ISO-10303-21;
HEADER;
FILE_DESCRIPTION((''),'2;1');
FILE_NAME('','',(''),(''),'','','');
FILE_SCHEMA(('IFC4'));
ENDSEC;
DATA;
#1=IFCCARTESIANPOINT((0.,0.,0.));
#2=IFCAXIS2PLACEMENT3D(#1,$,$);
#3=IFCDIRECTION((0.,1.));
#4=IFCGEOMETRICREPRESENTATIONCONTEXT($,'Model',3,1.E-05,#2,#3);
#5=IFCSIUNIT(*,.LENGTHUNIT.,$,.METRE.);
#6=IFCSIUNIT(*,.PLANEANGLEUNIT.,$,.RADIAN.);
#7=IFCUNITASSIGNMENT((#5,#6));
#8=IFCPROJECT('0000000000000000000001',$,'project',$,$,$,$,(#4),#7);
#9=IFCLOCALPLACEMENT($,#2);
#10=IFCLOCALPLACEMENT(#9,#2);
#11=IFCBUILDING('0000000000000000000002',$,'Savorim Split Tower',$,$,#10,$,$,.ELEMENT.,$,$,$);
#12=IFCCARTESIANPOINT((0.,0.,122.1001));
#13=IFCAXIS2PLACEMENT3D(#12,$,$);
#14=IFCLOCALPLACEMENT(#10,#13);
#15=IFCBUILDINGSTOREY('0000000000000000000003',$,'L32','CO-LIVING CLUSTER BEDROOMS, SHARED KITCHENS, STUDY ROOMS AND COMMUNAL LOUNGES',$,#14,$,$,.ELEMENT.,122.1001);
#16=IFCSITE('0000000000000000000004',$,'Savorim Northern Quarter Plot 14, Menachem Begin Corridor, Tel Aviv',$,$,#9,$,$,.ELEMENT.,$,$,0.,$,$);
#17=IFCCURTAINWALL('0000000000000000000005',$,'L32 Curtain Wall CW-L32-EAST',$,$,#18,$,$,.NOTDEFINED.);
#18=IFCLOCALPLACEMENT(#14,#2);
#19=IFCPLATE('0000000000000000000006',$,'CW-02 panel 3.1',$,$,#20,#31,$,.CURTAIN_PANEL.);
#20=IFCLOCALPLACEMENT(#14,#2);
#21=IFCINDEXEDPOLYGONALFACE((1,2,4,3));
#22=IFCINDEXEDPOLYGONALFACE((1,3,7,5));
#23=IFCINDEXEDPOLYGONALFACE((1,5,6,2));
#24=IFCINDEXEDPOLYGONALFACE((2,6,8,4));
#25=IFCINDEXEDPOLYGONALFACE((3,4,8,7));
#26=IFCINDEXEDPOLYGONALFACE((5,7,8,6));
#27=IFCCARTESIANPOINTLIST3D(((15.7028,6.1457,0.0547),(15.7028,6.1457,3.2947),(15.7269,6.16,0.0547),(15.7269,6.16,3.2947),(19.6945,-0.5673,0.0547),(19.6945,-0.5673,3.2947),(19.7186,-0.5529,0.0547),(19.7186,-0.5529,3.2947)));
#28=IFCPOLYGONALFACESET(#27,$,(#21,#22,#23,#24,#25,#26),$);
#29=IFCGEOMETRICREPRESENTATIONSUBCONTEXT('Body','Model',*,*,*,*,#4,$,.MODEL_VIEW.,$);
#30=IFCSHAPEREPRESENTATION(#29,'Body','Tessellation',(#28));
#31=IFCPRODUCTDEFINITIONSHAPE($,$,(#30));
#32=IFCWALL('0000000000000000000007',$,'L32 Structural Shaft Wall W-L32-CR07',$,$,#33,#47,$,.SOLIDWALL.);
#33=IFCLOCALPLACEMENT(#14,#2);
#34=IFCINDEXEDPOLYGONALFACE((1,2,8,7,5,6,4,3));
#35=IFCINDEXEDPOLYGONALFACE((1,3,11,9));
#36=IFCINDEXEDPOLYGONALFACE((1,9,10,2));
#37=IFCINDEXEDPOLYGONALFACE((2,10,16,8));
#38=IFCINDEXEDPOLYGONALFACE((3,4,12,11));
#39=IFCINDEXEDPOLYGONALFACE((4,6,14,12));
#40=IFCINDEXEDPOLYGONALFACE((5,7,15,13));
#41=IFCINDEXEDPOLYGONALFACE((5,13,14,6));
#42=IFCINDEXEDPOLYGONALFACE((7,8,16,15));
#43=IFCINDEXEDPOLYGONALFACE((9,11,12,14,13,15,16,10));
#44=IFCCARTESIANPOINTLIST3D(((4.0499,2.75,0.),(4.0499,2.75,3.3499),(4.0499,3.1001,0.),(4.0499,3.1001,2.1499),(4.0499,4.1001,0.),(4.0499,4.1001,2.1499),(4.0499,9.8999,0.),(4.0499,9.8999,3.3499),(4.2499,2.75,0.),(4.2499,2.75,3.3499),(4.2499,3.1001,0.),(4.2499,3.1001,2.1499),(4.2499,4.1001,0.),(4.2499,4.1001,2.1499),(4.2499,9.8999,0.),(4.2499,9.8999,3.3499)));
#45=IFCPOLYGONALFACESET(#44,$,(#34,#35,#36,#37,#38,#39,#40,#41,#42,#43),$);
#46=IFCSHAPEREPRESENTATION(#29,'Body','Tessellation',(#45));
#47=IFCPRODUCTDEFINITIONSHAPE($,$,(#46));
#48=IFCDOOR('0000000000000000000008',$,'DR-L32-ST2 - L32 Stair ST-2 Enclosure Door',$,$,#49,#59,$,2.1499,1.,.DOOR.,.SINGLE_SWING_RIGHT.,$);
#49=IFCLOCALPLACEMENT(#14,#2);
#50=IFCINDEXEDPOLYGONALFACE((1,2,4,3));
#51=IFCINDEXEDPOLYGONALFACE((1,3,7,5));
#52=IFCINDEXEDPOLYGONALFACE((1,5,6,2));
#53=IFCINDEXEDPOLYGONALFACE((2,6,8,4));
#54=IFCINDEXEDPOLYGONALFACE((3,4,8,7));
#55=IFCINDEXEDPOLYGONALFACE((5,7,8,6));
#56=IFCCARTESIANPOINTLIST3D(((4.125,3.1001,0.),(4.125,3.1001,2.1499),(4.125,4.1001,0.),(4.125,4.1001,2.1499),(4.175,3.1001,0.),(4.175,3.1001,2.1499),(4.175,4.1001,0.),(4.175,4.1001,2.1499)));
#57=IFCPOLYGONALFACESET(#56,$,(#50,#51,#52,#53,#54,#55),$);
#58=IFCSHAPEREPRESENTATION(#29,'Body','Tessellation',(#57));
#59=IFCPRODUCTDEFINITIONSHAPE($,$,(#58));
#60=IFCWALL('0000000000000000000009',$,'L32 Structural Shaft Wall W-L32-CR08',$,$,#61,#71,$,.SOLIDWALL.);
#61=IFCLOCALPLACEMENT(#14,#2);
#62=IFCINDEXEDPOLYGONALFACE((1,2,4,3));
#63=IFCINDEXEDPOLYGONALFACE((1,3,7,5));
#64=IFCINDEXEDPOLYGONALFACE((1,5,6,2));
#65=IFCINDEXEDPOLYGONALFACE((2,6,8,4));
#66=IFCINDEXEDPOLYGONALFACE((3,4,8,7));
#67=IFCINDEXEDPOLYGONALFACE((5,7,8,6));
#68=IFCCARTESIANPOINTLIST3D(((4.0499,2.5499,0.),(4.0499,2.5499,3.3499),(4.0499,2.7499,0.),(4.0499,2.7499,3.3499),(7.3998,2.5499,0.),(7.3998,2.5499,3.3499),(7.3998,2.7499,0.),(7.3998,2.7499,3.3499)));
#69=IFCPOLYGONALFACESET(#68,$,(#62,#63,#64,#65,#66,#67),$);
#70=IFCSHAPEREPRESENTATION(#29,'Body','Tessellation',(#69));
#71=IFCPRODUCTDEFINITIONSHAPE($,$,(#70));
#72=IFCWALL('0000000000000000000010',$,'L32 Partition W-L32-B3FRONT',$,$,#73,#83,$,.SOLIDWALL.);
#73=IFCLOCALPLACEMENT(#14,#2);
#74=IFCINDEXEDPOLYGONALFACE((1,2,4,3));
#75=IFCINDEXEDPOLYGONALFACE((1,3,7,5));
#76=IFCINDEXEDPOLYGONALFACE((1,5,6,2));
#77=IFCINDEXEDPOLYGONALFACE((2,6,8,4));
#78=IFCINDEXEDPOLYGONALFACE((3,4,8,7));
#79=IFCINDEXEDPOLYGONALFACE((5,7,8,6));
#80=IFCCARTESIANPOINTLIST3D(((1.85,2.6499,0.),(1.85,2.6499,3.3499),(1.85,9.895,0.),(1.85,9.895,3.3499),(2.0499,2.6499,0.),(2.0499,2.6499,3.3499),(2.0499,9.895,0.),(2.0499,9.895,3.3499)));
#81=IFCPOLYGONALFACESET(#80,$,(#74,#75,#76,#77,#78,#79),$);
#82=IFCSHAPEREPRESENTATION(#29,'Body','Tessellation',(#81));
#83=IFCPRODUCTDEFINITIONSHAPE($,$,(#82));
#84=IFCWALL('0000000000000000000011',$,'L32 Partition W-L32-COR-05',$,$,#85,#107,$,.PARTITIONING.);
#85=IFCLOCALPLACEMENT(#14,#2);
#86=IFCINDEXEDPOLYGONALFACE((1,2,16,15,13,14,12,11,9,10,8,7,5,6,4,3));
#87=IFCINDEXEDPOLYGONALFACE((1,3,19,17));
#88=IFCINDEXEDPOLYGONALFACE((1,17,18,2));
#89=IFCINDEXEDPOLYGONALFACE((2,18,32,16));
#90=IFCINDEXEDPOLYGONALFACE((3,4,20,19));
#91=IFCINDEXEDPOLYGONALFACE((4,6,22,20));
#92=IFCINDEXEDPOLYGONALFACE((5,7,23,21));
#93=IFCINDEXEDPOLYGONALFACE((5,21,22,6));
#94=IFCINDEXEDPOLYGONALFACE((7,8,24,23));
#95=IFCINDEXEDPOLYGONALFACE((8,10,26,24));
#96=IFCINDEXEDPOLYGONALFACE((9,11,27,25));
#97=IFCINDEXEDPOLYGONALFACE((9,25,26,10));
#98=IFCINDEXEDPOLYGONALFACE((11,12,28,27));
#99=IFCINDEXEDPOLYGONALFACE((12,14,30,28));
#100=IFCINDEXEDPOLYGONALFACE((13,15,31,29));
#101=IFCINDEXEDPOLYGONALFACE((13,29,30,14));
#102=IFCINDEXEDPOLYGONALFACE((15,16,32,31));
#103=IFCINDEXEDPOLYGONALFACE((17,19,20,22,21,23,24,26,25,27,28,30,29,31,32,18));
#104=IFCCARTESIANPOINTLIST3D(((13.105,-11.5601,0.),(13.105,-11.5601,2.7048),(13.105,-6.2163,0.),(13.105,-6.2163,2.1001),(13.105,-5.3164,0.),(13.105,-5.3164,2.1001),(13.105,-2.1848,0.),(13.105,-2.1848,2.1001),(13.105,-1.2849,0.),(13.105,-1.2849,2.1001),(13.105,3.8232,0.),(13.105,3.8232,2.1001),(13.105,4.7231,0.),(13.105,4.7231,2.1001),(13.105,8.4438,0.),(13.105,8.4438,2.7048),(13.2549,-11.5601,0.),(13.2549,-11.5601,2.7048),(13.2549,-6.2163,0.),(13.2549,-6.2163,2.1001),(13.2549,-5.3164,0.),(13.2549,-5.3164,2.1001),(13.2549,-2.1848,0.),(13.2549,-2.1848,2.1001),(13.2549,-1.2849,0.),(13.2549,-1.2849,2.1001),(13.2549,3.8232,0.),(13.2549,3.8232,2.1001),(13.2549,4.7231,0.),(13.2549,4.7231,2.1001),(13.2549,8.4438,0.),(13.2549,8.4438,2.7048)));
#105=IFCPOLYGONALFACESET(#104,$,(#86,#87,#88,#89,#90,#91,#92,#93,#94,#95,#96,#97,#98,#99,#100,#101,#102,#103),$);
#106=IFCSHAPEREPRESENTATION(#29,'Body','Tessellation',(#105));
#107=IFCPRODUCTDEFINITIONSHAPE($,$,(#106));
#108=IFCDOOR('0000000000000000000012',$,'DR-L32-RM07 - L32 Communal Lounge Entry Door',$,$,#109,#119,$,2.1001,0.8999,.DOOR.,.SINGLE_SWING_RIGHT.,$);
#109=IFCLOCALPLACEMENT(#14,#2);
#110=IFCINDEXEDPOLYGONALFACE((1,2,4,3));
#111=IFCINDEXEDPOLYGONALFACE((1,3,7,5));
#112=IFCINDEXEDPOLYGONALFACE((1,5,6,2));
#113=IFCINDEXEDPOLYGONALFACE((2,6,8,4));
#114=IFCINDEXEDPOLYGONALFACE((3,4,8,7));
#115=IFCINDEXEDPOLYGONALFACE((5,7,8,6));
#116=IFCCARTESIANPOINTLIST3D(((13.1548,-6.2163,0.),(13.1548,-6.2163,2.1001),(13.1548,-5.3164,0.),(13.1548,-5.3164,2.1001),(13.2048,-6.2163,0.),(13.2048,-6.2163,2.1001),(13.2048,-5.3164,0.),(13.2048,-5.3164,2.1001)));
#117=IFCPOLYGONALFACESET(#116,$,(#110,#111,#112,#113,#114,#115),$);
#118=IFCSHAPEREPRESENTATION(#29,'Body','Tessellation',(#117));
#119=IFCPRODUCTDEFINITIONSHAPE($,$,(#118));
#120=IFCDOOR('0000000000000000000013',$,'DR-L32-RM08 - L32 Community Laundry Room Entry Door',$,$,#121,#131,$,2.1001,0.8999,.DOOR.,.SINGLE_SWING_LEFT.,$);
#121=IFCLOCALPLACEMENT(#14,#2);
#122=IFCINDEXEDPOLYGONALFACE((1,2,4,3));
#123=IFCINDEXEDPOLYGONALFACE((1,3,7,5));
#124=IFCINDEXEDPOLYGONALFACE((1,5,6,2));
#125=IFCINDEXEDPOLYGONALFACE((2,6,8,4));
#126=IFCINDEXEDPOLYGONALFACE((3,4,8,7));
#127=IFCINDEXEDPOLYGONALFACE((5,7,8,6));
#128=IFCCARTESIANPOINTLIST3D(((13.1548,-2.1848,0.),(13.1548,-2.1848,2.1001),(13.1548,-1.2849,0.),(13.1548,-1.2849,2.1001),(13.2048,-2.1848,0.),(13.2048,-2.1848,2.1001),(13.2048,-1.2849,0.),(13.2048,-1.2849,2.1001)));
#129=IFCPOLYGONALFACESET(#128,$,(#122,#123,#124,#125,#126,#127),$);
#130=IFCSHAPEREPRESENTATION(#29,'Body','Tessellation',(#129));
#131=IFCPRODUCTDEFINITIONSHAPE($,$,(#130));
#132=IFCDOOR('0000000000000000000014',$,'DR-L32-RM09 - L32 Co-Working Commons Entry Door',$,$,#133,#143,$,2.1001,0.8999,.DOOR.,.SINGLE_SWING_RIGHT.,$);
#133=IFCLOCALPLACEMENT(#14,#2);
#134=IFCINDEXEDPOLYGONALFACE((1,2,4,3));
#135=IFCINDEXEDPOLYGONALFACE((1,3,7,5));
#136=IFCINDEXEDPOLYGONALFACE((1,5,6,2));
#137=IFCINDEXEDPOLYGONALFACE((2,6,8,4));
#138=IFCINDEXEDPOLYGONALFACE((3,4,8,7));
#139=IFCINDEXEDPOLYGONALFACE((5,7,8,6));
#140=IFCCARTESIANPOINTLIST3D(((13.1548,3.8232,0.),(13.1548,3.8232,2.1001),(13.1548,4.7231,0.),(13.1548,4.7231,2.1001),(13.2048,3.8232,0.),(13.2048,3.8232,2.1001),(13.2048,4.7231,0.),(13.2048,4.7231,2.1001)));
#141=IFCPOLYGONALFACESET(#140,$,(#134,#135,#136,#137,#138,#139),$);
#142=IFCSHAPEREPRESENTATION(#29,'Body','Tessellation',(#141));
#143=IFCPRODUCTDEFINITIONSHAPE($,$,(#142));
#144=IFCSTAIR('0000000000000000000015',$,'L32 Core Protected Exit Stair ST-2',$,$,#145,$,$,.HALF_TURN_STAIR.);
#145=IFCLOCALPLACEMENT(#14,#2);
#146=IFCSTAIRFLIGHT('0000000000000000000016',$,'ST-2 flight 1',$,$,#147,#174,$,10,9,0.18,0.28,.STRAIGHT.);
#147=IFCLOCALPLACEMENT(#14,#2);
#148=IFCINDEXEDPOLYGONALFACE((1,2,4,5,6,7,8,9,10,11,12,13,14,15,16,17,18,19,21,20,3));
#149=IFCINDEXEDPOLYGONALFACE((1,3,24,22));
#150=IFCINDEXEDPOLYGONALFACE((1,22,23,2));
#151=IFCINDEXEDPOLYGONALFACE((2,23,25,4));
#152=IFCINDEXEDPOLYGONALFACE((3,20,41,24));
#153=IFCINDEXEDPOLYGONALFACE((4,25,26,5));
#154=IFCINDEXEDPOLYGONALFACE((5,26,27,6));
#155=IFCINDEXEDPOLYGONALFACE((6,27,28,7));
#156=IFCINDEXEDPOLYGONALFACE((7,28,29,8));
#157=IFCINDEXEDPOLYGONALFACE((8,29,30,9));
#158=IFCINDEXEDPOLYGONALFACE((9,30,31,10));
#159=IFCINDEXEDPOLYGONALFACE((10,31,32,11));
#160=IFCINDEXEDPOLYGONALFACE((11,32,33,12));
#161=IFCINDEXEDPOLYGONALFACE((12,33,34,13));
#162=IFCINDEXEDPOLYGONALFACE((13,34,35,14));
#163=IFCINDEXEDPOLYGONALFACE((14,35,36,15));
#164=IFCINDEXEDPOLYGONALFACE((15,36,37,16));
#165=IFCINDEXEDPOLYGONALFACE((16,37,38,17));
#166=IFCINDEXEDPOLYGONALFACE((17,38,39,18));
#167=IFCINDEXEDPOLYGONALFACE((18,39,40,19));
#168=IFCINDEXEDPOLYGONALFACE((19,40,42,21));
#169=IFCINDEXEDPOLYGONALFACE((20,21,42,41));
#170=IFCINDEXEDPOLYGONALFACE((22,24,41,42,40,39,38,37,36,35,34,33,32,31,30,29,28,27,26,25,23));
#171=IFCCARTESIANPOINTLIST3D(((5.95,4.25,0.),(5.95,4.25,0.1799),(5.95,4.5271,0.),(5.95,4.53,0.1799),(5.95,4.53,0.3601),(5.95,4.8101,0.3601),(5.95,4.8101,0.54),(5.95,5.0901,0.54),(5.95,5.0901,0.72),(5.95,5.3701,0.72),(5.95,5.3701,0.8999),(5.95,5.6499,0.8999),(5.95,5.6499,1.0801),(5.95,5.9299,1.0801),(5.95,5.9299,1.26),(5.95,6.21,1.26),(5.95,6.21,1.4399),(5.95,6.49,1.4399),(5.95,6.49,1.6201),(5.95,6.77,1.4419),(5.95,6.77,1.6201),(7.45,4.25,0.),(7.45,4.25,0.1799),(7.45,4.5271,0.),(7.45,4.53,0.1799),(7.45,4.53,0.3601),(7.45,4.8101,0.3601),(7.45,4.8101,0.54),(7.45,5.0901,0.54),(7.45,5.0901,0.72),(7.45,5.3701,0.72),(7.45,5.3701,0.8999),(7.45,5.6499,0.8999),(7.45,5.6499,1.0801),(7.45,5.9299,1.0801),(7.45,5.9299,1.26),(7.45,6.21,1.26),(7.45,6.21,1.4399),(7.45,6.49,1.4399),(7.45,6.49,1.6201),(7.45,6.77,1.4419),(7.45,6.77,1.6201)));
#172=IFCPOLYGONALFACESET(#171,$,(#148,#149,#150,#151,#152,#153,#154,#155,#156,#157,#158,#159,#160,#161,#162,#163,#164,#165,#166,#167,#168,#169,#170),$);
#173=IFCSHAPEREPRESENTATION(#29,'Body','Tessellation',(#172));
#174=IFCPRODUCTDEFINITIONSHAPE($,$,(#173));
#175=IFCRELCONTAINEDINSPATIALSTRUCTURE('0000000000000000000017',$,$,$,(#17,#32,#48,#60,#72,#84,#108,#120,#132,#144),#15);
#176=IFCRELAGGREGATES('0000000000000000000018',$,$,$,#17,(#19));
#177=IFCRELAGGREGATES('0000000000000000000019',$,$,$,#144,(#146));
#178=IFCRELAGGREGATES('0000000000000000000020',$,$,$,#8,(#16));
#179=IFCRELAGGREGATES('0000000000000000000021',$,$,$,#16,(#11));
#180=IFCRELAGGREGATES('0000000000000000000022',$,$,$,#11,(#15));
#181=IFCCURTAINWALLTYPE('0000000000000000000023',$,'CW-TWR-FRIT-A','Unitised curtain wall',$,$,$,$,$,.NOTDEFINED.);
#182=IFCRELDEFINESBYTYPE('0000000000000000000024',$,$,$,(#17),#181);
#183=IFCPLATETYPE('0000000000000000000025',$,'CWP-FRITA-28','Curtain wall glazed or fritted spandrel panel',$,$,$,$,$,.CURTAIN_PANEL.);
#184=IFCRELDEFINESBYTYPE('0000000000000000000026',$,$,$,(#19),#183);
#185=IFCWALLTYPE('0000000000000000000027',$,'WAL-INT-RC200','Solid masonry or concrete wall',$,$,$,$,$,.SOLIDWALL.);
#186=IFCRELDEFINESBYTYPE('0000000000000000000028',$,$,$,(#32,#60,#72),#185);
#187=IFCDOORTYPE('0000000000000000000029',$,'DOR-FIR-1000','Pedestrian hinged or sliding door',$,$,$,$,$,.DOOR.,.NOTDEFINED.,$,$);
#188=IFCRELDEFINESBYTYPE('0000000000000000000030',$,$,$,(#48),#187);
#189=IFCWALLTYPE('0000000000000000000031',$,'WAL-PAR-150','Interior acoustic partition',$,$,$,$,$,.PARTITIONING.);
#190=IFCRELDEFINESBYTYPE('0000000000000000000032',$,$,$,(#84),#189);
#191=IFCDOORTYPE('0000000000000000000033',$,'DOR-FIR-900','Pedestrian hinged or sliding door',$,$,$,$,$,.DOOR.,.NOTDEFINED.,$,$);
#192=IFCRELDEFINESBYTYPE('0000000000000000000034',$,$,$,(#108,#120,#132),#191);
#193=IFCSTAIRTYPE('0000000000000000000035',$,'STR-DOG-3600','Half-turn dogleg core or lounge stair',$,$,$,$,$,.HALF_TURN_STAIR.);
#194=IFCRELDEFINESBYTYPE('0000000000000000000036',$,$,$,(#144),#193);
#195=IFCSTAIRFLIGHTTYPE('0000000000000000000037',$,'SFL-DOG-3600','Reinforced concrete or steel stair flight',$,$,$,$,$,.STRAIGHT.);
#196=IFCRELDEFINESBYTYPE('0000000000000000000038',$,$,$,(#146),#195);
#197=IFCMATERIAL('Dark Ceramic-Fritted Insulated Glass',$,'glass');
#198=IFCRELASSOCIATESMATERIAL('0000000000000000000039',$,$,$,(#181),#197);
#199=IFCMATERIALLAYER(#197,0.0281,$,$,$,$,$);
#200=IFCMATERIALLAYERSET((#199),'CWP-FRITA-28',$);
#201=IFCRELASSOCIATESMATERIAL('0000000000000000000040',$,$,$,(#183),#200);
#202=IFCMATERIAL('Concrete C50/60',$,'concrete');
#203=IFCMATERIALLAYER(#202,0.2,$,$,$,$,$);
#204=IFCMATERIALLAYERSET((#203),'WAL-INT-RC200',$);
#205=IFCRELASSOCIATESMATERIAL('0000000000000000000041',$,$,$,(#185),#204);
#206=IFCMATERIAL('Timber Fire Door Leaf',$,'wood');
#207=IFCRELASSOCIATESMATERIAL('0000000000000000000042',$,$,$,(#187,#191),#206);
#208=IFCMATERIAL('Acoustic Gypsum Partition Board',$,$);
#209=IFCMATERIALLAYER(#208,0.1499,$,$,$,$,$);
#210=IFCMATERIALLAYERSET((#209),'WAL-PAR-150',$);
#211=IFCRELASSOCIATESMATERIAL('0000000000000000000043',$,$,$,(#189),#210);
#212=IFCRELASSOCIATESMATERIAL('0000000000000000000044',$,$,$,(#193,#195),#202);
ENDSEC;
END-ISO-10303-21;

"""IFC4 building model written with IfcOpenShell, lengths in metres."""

from ifc_helpers import new_model, si_unit, direction, frame, frame_2d, origin, origin_2d, place, context, subcontext, project, spatial, polyline, rectangle, outline, extrude, material, layer, layer_set, type_object, element, fill, aggregate, save


model = new_model("IFC4")

# Units and contexts
model_context = context("Model", 3, precision=1e-05, world=origin(), true_north=direction((0.0, 1.0)))
body_context = subcontext(model_context, "Body", "Model", "MODEL_VIEW")
ifc_project = project(units=[si_unit("LENGTHUNIT", "METRE"), si_unit("PLANEANGLEUNIT", "RADIAN")], contexts=[model_context])

# Site, building, storey
site_placement = place(None, origin())
site = spatial("IfcSite", under=ifc_project, at=site_placement, Name="Savorim Northern Quarter Plot 14, Menachem Begin Corridor, Tel Aviv", CompositionType="ELEMENT", RefElevation=0.0)
building_placement = place(site_placement, origin())
building = spatial("IfcBuilding", under=site, at=building_placement, Name="Savorim Split Tower", CompositionType="ELEMENT")
storey_placement = place(building_placement, frame((0.0, 0.0, 122.1001)))
storey = spatial("IfcBuildingStorey", under=building, at=storey_placement, Name="L32", Description="CO-LIVING CLUSTER BEDROOMS, SHARED KITCHENS, STUDY ROOMS AND COMMUNAL LOUNGES", CompositionType="ELEMENT", Elevation=122.1001)

# Curtain wall, plate
ifc_material_1 = material(Name="Dark Ceramic-Fritted Insulated Glass", Category="glass")
curtain_wall_type = type_object("IfcCurtainWallType", Name="CW-TWR-FRIT-A", Description="Unitised curtain wall", PredefinedType="NOTDEFINED", material=ifc_material_1)
curtain_wall_placement = place(storey_placement, origin())
curtain_wall = element("IfcCurtainWall", 1, at=curtain_wall_placement, inside=storey, type_object=curtain_wall_type, Name="L32 Curtain Wall CW-L32-EAST", PredefinedType="NOTDEFINED")
ifc_layer_1 = layer(ifc_material_1, 0.0281)
ifc_layer_set_1 = layer_set([ifc_layer_1], Name="CWP-FRITA-28")
plate_type = type_object("IfcPlateType", Name="CWP-FRITA-28", Description="Curtain wall glazed or fritted spandrel panel", PredefinedType="CURTAIN_PANEL", material=ifc_layer_set_1)
plate_placement = place(storey_placement, frame((17.7107, 2.7964, 0.0547), z_axis=(0.0, 0.0, 1.0), x_axis=(-0.511093, 0.859525, 0.0)))
plate = element("IfcPlate", 2, at=plate_placement, type_object=plate_type, Name="CW-02 panel 3.1", PredefinedType="CURTAIN_PANEL", context=body_context, shape_type="SweptSolid", body=[
    extrude(rectangle(XDim=7.8101, YDim=0.0281, at=origin_2d()), origin(), (0.0, 0.0, 1.0), 3.24),
])
aggregate(curtain_wall, [plate])

# Wall, opening, door
ifc_material_2 = material(Name="Concrete C50/60", Category="concrete")
ifc_layer_2 = layer(ifc_material_2, 0.2)
ifc_layer_set_2 = layer_set([ifc_layer_2], Name="WAL-INT-RC200")
wall_type_1 = type_object("IfcWallType", Name="WAL-INT-RC200", Description="Solid masonry or concrete wall", PredefinedType="SOLIDWALL", material=ifc_layer_set_2)
wall_1_placement = place(storey_placement, frame((4.1499, 2.75, 0.0), z_axis=(0.0, 0.0, 1.0), x_axis=(0.0, 1.0, 0.0)))
wall_1 = element("IfcWall", 3, at=wall_1_placement, inside=storey, type_object=wall_type_1, Name="L32 Structural Shaft Wall W-L32-CR07", PredefinedType="SOLIDWALL", context=body_context, shape_type="SweptSolid", body=[
    extrude(rectangle(XDim=7.1499, YDim=0.2, at=frame_2d((3.575, 0.0))), origin(), (0.0, 0.0, 1.0), 3.3499),
])
opening_1_placement = place(wall_1_placement, frame((0.3501, 0.0, 0.0)))
opening_1 = element("IfcOpeningElement", 4, at=opening_1_placement, cuts=wall_1, PredefinedType="OPENING", context=body_context, shape_type="SweptSolid", body=[
    extrude(rectangle(XDim=1.0, YDim=2.1499, at=frame_2d((0.5, 1.075))), frame((0.0, 0.1099, 0.0), z_axis=(0.0, -1.0, 0.0), x_axis=(1.0, 0.0, 0.0)), (0.0, 0.0, 1.0), 0.22),
])
ifc_material_3 = material(Name="Timber Fire Door Leaf", Category="wood")
door_type_1 = type_object("IfcDoorType", Name="DOR-FIR-1000", Description="Pedestrian hinged or sliding door", OperationType="NOTDEFINED", PredefinedType="DOOR", material=ifc_material_3)
door_1_placement = place(opening_1_placement, origin())
door_1 = element("IfcDoor", 5, at=door_1_placement, inside=storey, type_object=door_type_1, Name="DR-L32-ST2 - L32 Stair ST-2 Enclosure Door", OperationType="SINGLE_SWING_RIGHT", OverallHeight=2.1499, OverallWidth=1.0, PredefinedType="DOOR", context=body_context, shape_type="SweptSolid", body=[
    extrude(rectangle(XDim=1.0, YDim=2.1499, at=frame_2d((0.5, 1.075))), frame((0.0, 0.0249, 0.0), z_axis=(0.0, -1.0, 0.0), x_axis=(1.0, 0.0, 0.0)), (0.0, 0.0, 1.0), 0.05),
])
fill(opening_1, door_1)

# Walls
wall_2_placement = place(storey_placement, frame((4.05, 2.6499, 0.0), z_axis=(0.0, 0.0, 1.0), x_axis=(1.0, 0.0, 0.0)))
element("IfcWall", 6, at=wall_2_placement, inside=storey, type_object=wall_type_1, Name="L32 Structural Shaft Wall W-L32-CR08", PredefinedType="SOLIDWALL", context=body_context, shape_type="SweptSolid", body=[
    extrude(rectangle(XDim=3.3499, YDim=0.2, at=frame_2d((1.6748, 0.0))), origin(), (0.0, 0.0, 1.0), 3.3499),
])
wall_3_placement = place(storey_placement, frame((1.95, 2.6499, 0.0), z_axis=(0.0, 0.0, 1.0), x_axis=(0.0, 1.0, 0.0)))
element("IfcWall", 7, at=wall_3_placement, inside=storey, type_object=wall_type_1, Name="L32 Partition W-L32-B3FRONT", PredefinedType="SOLIDWALL", context=body_context, shape_type="SweptSolid", body=[
    extrude(rectangle(XDim=7.2451, YDim=0.2, at=frame_2d((3.6226, 0.0))), origin(), (0.0, 0.0, 1.0), 3.3499),
])

# Wall, openings, doors
ifc_material_4 = material(Name="Acoustic Gypsum Partition Board")
ifc_layer_3 = layer(ifc_material_4, 0.1499)
ifc_layer_set_3 = layer_set([ifc_layer_3], Name="WAL-PAR-150")
wall_type_2 = type_object("IfcWallType", Name="WAL-PAR-150", Description="Interior acoustic partition", PredefinedType="PARTITIONING", material=ifc_layer_set_3)
wall_4_placement = place(storey_placement, frame((13.1799, 8.4438, 0.0), z_axis=(0.0, 0.0, 1.0), x_axis=(0.0, -1.0, 0.0)))
wall_4 = element("IfcWall", 8, at=wall_4_placement, inside=storey, type_object=wall_type_2, Name="L32 Partition W-L32-COR-05", PredefinedType="PARTITIONING", context=body_context, shape_type="SweptSolid", body=[
    extrude(rectangle(XDim=20.0039, YDim=0.1499, at=frame_2d((10.002, 0.0))), origin(), (0.0, 0.0, 1.0), 2.7048),
])
opening_2_placement = place(wall_4_placement, frame((13.7603, 0.0, 0.0)))
opening_2 = element("IfcOpeningElement", 9, at=opening_2_placement, cuts=wall_4, PredefinedType="OPENING", context=body_context, shape_type="SweptSolid", body=[
    extrude(rectangle(XDim=0.8999, YDim=2.1001, at=frame_2d((0.45, 1.05))), frame((0.0, 0.085, 0.0), z_axis=(0.0, -1.0, 0.0), x_axis=(1.0, 0.0, 0.0)), (0.0, 0.0, 1.0), 0.1699),
])
opening_3_placement = place(wall_4_placement, frame((9.7288, 0.0, 0.0)))
opening_3 = element("IfcOpeningElement", 10, at=opening_3_placement, cuts=wall_4, PredefinedType="OPENING", context=body_context, shape_type="SweptSolid", body=[
    extrude(rectangle(XDim=0.8999, YDim=2.1001, at=frame_2d((0.45, 1.05))), frame((0.0, 0.085, 0.0), z_axis=(0.0, -1.0, 0.0), x_axis=(1.0, 0.0, 0.0)), (0.0, 0.0, 1.0), 0.1699),
])
opening_4_placement = place(wall_4_placement, frame((3.7207, 0.0, 0.0)))
opening_4 = element("IfcOpeningElement", 11, at=opening_4_placement, cuts=wall_4, PredefinedType="OPENING", context=body_context, shape_type="SweptSolid", body=[
    extrude(rectangle(XDim=0.8999, YDim=2.1001, at=frame_2d((0.45, 1.05))), frame((0.0, 0.085, 0.0), z_axis=(0.0, -1.0, 0.0), x_axis=(1.0, 0.0, 0.0)), (0.0, 0.0, 1.0), 0.1699),
])
door_type_2 = type_object("IfcDoorType", Name="DOR-FIR-900", Description="Pedestrian hinged or sliding door", OperationType="NOTDEFINED", PredefinedType="DOOR", material=ifc_material_3)
door_2_placement = place(opening_2_placement, origin())
door_2 = element("IfcDoor", 12, at=door_2_placement, inside=storey, type_object=door_type_2, Name="DR-L32-RM07 - L32 Communal Lounge Entry Door", OperationType="SINGLE_SWING_RIGHT", OverallHeight=2.1001, OverallWidth=0.8999, PredefinedType="DOOR", context=body_context, shape_type="SweptSolid", body=[
    extrude(rectangle(XDim=0.8999, YDim=2.1001, at=frame_2d((0.45, 1.05))), frame((0.0, 0.0249, 0.0), z_axis=(0.0, -1.0, 0.0), x_axis=(1.0, 0.0, 0.0)), (0.0, 0.0, 1.0), 0.05),
])
fill(opening_2, door_2)
door_3_placement = place(opening_3_placement, origin())
door_3 = element("IfcDoor", 13, at=door_3_placement, inside=storey, type_object=door_type_2, Name="DR-L32-RM08 - L32 Community Laundry Room Entry Door", OperationType="SINGLE_SWING_LEFT", OverallHeight=2.1001, OverallWidth=0.8999, PredefinedType="DOOR", context=body_context, shape_type="SweptSolid", body=[
    extrude(rectangle(XDim=0.8999, YDim=2.1001, at=frame_2d((0.45, 1.05))), frame((0.0, 0.0249, 0.0), z_axis=(0.0, -1.0, 0.0), x_axis=(1.0, 0.0, 0.0)), (0.0, 0.0, 1.0), 0.05),
])
fill(opening_3, door_3)
door_4_placement = place(opening_4_placement, origin())
door_4 = element("IfcDoor", 14, at=door_4_placement, inside=storey, type_object=door_type_2, Name="DR-L32-RM09 - L32 Co-Working Commons Entry Door", OperationType="SINGLE_SWING_RIGHT", OverallHeight=2.1001, OverallWidth=0.8999, PredefinedType="DOOR", context=body_context, shape_type="SweptSolid", body=[
    extrude(rectangle(XDim=0.8999, YDim=2.1001, at=frame_2d((0.45, 1.05))), frame((0.0, 0.0249, 0.0), z_axis=(0.0, -1.0, 0.0), x_axis=(1.0, 0.0, 0.0)), (0.0, 0.0, 1.0), 0.05),
])
fill(opening_4, door_4)

# Stair, stair flight
stair_type = type_object("IfcStairType", Name="STR-DOG-3600", Description="Half-turn dogleg core or lounge stair", PredefinedType="HALF_TURN_STAIR", material=ifc_material_2)
stair_placement = place(storey_placement, origin())
stair = element("IfcStair", 15, at=stair_placement, inside=storey, type_object=stair_type, Name="L32 Core Protected Exit Stair ST-2", PredefinedType="HALF_TURN_STAIR")
stair_flight_type = type_object("IfcStairFlightType", Name="SFL-DOG-3600", Description="Reinforced concrete or steel stair flight", PredefinedType="STRAIGHT", material=ifc_material_2)
stair_flight_1_placement = place(storey_placement, frame((6.7, 4.25, 0.0), z_axis=(0.0, 0.0, 1.0), x_axis=(0.0, 1.0, 0.0)))
stair_flight_1 = element("IfcStairFlight", 16, at=stair_flight_1_placement, type_object=stair_flight_type, Name="ST-2 flight 1", NumberOfRisers=10, NumberOfTreads=9, PredefinedType="STRAIGHT", RiserHeight=0.18, TreadLength=0.28, context=body_context, shape_type="SweptSolid", body=[
    extrude(outline(polyline([(0.0, 0.0), (0.0, 0.1799), (0.28, 0.1799), (0.28, 0.3601), (0.5601, 0.3601), (0.5601, 0.54), (0.8401, 0.54), (0.8401, 0.72), (1.1201, 0.72), (1.1201, 0.8999), (1.3999, 0.8999), (1.3999, 1.0801), (1.6799, 1.0801), (1.6799, 1.26), (1.96, 1.26), (1.96, 1.4399), (2.24, 1.4399), (2.24, 1.6201), (2.52, 1.6201), (2.52, 1.8), (2.52, 1.4419), (0.2771, 0.0), (0.0, 0.0)])), frame((0.0, 0.75, 0.0), z_axis=(0.0, -1.0, 0.0), x_axis=(1.0, 0.0, 0.0)), (0.0, 0.0, 1.0), 1.5),
])
aggregate(stair, [stair_flight_1])

save(model, "model.ifc")
